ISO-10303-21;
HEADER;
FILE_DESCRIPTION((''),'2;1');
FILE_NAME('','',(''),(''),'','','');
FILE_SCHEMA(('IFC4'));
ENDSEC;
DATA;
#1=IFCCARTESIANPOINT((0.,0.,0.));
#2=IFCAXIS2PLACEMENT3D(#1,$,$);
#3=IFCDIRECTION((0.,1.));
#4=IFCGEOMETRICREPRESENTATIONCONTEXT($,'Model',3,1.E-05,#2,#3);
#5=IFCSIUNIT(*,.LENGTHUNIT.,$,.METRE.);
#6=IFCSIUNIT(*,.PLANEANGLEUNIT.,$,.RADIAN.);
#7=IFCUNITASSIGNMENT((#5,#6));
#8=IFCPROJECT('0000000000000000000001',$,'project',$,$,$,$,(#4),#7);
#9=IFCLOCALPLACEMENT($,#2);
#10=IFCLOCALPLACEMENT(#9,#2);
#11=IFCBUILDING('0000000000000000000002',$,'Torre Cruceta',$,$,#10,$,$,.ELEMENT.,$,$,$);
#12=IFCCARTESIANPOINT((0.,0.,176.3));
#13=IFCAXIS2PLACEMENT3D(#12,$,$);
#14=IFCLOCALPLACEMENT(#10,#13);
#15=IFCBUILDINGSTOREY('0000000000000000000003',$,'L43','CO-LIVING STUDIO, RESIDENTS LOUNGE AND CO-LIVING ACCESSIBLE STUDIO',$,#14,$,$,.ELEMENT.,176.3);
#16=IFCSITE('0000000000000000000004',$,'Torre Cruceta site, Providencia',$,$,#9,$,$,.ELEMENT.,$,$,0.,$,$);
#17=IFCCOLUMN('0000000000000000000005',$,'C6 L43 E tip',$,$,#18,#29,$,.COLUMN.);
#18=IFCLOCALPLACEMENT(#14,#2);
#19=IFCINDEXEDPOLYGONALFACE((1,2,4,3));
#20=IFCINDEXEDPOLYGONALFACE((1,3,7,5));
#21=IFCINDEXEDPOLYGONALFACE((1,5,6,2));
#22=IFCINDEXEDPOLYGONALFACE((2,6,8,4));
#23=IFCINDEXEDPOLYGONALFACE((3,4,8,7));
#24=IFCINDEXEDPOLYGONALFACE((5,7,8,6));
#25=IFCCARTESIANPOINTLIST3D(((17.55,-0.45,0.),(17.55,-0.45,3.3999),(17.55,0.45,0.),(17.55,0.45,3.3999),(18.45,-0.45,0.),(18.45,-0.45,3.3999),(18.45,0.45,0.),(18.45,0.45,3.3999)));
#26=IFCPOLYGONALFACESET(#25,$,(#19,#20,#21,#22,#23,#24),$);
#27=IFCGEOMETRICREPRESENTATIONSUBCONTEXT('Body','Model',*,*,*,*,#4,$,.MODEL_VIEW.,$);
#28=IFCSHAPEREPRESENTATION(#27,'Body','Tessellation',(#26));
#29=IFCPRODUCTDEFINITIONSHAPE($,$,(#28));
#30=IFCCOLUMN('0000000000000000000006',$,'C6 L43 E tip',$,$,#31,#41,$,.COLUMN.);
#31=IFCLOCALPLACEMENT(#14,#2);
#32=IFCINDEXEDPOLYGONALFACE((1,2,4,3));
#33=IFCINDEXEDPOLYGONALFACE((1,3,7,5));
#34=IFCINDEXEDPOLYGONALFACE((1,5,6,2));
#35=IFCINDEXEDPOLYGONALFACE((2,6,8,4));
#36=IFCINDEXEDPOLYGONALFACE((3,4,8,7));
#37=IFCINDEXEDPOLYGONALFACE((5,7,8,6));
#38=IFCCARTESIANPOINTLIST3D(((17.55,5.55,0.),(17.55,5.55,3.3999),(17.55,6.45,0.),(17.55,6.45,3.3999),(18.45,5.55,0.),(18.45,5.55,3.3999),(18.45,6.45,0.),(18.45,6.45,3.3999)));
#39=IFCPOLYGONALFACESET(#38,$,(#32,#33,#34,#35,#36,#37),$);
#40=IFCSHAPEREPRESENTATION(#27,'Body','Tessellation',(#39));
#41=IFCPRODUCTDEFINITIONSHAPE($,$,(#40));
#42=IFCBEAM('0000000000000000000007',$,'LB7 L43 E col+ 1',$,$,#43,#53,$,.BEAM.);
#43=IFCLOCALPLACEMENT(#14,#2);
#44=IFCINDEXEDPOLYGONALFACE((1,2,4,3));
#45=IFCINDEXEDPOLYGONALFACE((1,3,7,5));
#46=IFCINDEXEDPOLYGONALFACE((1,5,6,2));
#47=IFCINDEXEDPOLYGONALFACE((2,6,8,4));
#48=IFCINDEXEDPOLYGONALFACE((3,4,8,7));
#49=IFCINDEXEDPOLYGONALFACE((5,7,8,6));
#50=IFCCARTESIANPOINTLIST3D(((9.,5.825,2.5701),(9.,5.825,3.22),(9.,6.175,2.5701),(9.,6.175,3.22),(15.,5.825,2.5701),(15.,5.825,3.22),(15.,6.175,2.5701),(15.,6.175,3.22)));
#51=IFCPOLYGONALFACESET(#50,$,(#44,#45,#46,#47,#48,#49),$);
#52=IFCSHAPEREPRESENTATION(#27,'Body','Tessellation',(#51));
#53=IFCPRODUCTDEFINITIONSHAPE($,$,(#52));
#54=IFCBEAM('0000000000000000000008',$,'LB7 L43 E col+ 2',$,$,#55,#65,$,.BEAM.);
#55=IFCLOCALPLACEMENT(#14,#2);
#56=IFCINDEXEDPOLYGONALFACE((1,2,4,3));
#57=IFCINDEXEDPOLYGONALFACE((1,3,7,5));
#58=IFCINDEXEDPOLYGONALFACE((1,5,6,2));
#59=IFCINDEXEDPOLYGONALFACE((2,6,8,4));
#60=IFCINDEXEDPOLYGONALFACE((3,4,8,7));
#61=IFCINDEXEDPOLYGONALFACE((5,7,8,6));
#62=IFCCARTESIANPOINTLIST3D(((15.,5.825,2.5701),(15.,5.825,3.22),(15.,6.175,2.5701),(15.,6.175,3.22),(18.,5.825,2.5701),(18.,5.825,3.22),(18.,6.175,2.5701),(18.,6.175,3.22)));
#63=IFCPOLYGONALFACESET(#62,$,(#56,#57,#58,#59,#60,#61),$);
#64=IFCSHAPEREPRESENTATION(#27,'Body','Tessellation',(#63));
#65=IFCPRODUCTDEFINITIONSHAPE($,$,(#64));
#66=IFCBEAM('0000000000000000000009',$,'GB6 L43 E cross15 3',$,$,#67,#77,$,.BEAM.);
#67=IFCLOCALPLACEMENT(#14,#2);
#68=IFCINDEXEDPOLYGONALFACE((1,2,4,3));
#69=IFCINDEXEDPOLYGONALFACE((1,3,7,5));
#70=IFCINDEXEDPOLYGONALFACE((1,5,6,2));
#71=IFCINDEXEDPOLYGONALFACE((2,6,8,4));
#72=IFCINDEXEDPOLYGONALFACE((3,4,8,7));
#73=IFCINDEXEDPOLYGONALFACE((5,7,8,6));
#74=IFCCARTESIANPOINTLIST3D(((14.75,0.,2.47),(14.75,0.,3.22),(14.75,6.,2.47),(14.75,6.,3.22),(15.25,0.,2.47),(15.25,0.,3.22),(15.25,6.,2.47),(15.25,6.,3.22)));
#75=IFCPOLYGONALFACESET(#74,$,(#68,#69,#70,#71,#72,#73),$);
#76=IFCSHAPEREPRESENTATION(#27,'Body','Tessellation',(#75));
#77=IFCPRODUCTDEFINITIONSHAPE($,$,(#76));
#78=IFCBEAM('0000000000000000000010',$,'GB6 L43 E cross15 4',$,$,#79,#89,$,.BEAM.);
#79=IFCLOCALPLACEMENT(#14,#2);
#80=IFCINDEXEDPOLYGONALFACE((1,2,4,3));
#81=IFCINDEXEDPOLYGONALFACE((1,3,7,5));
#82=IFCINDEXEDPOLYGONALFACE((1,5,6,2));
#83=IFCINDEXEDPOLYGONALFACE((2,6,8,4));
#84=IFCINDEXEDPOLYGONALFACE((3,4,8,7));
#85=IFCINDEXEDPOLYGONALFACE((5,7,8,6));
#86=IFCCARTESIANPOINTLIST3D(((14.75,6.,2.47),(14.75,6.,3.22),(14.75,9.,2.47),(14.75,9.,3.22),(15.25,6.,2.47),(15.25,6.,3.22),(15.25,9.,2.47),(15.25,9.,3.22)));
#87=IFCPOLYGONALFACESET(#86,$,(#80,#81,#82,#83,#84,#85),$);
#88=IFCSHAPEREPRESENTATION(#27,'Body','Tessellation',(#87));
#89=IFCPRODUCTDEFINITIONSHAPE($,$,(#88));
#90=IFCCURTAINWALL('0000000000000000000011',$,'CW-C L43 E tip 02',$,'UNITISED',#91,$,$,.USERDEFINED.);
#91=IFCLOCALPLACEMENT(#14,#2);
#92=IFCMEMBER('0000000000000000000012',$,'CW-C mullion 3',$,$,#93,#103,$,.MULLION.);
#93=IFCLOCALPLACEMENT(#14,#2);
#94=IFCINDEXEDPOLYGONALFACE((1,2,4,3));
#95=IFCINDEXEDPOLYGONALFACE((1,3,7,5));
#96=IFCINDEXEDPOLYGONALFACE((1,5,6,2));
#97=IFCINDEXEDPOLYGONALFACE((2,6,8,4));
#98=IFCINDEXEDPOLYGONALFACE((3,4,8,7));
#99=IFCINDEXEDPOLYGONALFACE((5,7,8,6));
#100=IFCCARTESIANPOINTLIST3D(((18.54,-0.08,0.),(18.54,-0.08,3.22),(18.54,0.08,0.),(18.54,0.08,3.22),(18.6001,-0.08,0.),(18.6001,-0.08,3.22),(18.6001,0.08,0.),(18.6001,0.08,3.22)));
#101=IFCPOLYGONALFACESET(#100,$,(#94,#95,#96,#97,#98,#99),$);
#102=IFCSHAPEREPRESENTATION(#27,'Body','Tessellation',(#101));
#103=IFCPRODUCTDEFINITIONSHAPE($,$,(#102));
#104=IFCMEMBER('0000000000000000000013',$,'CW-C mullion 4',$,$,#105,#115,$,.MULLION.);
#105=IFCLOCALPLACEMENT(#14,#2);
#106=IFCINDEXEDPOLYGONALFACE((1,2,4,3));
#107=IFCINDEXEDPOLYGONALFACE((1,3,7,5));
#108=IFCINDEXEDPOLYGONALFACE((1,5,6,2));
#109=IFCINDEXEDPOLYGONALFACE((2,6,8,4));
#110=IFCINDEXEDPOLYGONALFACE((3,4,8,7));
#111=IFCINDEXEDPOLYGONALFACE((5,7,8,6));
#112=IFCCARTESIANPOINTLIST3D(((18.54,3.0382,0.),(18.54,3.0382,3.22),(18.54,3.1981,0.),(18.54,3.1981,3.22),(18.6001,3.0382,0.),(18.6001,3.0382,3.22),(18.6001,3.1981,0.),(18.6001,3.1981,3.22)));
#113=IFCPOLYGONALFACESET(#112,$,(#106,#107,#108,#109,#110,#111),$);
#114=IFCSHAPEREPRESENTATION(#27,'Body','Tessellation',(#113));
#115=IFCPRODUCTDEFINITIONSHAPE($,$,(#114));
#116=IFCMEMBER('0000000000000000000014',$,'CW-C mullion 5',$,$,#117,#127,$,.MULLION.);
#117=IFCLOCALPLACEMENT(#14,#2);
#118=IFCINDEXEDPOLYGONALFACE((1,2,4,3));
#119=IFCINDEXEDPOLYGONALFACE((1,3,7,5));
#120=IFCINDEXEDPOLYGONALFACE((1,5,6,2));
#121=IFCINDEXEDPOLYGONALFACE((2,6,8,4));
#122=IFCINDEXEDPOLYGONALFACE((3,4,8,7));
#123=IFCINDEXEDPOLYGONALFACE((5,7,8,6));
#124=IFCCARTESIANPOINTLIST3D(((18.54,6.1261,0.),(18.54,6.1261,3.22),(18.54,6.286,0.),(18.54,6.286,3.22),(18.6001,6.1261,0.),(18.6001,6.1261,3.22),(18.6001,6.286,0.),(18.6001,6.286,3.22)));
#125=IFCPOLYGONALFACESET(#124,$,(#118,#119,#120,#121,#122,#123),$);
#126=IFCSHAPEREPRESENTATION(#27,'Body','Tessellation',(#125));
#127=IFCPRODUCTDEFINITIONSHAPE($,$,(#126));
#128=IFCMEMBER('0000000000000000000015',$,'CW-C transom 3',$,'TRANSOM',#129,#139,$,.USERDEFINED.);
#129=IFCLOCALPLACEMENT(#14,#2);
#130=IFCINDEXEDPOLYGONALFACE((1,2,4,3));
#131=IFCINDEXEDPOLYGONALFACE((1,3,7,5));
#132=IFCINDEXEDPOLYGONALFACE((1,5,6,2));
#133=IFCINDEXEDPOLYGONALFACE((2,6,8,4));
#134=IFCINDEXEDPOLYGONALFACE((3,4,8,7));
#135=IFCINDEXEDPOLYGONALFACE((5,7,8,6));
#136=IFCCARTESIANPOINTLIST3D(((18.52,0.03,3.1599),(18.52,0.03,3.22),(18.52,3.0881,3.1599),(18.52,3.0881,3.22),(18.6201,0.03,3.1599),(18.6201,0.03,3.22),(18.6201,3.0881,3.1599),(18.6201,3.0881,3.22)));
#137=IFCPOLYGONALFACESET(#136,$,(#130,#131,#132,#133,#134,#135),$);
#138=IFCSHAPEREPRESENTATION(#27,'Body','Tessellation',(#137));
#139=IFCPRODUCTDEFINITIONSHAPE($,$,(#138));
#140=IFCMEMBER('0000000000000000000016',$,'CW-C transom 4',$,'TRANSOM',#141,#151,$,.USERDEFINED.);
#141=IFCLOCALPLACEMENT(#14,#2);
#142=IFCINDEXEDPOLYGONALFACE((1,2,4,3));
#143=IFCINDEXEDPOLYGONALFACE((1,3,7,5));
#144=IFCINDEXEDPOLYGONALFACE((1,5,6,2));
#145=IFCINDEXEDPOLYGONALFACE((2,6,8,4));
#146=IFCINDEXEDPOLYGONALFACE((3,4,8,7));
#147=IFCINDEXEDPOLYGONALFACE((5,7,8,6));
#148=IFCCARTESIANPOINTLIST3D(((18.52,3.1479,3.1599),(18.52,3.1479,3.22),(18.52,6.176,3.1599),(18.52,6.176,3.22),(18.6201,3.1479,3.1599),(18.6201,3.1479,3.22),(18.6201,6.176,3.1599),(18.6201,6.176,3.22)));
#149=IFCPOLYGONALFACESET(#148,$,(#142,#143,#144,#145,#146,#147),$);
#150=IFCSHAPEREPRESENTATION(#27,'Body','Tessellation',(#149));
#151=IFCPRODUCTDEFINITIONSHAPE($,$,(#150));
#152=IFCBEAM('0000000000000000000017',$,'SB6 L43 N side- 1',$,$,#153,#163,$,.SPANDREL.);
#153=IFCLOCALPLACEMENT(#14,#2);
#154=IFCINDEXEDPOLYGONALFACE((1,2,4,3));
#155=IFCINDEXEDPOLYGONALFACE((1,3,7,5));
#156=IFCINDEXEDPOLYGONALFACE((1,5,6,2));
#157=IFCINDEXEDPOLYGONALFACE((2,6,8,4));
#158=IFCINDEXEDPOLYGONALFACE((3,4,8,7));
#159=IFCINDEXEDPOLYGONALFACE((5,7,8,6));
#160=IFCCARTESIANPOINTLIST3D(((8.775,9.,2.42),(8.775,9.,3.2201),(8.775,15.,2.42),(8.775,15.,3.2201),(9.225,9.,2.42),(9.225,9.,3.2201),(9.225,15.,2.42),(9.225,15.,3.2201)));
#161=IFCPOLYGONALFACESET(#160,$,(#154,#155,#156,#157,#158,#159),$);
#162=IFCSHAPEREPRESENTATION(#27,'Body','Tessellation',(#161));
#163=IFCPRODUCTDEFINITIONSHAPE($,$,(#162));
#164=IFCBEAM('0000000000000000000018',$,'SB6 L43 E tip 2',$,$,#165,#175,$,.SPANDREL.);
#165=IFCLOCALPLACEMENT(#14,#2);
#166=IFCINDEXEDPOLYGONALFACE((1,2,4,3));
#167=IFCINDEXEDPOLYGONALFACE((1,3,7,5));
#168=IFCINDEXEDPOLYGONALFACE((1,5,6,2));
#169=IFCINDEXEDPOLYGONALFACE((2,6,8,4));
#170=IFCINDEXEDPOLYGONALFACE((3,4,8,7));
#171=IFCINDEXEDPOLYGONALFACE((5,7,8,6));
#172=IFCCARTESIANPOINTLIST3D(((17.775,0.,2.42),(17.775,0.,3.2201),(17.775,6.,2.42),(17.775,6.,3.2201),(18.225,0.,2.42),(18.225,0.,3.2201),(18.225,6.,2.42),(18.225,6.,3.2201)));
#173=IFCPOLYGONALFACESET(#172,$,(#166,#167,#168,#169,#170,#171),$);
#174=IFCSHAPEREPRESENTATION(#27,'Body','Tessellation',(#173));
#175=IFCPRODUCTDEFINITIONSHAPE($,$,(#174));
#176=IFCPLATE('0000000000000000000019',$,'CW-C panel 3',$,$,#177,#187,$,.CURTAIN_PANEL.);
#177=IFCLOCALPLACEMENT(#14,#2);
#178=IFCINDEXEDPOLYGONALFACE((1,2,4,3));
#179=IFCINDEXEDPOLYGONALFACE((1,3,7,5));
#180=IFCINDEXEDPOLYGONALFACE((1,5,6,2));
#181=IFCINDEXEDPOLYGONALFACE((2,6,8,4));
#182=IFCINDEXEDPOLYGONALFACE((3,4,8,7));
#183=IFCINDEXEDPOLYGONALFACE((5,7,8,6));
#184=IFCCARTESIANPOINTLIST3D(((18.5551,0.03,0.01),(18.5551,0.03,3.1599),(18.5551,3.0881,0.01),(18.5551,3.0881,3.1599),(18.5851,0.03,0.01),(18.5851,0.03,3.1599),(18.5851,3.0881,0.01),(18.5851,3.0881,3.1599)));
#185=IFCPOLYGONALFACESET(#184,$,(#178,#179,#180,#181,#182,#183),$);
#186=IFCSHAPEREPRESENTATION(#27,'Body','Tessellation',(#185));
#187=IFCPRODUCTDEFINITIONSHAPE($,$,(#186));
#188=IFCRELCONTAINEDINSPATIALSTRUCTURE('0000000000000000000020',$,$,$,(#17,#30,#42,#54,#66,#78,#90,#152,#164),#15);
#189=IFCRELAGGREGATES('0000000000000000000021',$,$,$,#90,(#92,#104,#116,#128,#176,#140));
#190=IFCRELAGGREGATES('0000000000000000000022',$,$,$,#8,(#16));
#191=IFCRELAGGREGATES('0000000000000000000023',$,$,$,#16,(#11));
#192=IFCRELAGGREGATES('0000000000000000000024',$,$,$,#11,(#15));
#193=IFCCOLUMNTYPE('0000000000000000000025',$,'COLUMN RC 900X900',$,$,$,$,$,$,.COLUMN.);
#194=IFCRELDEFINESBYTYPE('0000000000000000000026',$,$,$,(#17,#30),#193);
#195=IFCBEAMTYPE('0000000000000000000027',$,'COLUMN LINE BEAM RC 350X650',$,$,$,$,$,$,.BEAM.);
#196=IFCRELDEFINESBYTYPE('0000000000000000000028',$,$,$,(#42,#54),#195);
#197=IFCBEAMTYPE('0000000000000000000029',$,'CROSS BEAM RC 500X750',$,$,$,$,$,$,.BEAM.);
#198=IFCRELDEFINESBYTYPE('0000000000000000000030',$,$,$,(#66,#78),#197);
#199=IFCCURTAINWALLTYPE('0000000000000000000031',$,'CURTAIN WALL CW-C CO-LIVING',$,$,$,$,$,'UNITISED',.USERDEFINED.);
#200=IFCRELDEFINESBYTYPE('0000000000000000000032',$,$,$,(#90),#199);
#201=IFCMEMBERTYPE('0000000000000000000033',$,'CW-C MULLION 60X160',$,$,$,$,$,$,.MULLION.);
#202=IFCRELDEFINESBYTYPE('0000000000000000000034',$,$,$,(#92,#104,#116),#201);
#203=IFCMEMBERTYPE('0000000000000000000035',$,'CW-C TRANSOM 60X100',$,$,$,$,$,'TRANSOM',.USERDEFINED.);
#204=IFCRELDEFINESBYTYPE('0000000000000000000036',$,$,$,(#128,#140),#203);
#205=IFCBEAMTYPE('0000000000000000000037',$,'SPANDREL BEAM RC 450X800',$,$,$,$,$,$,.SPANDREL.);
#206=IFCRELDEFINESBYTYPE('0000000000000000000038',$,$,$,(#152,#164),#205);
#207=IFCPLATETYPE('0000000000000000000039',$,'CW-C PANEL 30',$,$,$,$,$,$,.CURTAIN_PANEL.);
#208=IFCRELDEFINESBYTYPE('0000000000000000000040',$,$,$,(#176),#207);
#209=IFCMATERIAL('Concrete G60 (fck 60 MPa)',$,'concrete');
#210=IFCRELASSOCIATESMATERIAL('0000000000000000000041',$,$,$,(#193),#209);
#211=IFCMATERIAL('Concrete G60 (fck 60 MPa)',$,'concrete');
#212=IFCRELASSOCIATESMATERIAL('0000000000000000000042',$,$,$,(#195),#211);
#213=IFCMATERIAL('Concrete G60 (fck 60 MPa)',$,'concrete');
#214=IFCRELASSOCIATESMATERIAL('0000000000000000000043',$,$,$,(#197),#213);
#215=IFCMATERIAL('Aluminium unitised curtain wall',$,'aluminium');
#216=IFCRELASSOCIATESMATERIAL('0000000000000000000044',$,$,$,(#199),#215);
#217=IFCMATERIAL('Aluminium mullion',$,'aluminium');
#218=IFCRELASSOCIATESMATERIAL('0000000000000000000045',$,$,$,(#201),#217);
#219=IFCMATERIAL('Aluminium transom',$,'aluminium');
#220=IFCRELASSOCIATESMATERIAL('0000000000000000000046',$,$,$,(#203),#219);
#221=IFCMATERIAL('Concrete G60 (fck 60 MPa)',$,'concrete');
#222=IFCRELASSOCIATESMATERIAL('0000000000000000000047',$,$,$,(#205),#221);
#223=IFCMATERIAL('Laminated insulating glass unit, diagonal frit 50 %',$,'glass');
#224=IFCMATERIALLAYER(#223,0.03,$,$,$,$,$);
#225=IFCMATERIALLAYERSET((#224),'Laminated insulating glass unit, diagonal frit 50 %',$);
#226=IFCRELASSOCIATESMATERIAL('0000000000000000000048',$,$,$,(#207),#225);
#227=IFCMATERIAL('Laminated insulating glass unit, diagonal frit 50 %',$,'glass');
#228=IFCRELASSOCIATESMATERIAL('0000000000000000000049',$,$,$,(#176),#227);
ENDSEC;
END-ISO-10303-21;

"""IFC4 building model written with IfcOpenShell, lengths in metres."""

from ifc_helpers import new_model, si_unit, direction, frame, origin, origin_2d, place, context, subcontext, project, spatial, rectangle, extrude, material, layer, layer_set, material_profile, profile_set, type_object, element, aggregate, save


model = new_model("IFC4")

# Units and contexts
model_context = context("Model", 3, precision=1e-05, world=origin(), true_north=direction((0.0, 1.0)))
body_context = subcontext(model_context, "Body", "Model", "MODEL_VIEW")
ifc_project = project(units=[si_unit("LENGTHUNIT", "METRE"), si_unit("PLANEANGLEUNIT", "RADIAN")], contexts=[model_context])

# Site, building, storey
site_placement = place(None, origin())
site = spatial("IfcSite", under=ifc_project, at=site_placement, Name="Torre Cruceta site, Providencia", CompositionType="ELEMENT", RefElevation=0.0)
building_placement = place(site_placement, origin())
building = spatial("IfcBuilding", under=site, at=building_placement, Name="Torre Cruceta", CompositionType="ELEMENT")
storey_placement = place(building_placement, frame((0.0, 0.0, 176.3)))
storey = spatial("IfcBuildingStorey", under=building, at=storey_placement, Name="L43", Description="CO-LIVING STUDIO, RESIDENTS LOUNGE AND CO-LIVING ACCESSIBLE STUDIO", CompositionType="ELEMENT", Elevation=176.3)

# Columns
ifc_material_1 = material(Name="Concrete G60 (fck 60 MPa)", Category="concrete")
ifc_material_profile_1 = material_profile(ifc_material_1, rectangle(XDim=0.8999, YDim=0.8999, at=origin_2d()), Name="RC 900X900")
ifc_profile_set_1 = profile_set([ifc_material_profile_1], Name="Concrete G60 (fck 60 MPa)")
column_type = type_object("IfcColumnType", Name="COLUMN RC 900X900", PredefinedType="COLUMN", material=ifc_profile_set_1)
for number, where, z_axis, x_axis, name in (
    (1, (18.0, 0.0, 0.0), (0.0, 0.0, 1.0), (1.0, 0.0, 0.0), "C6 L43 E tip"),
    (2, (18.0, 6.0, 0.0), (0.0, 0.0, 1.0), (1.0, 0.0, 0.0), "C6 L43 E tip"),
):
    element("IfcColumn", number, at=place(storey_placement, frame(where, z_axis=z_axis, x_axis=x_axis)), inside=storey, type_object=column_type, Name=name, PredefinedType="COLUMN", context=body_context, shape_type="SweptSolid", body=[
        extrude(rectangle(XDim=0.8999, YDim=0.8999, at=origin_2d()), origin(), (0.0, 0.0, 1.0), 3.3999),
    ])

# Beams
ifc_material_2 = material(Name="Concrete G60 (fck 60 MPa)", Category="concrete")
ifc_material_profile_2 = material_profile(ifc_material_2, rectangle(XDim=0.3501, YDim=0.6499, at=origin_2d()), Name="RC 350X650")
ifc_profile_set_2 = profile_set([ifc_material_profile_2], Name="Concrete G60 (fck 60 MPa)")
beam_type_1 = type_object("IfcBeamType", Name="COLUMN LINE BEAM RC 350X650", PredefinedType="BEAM", material=ifc_profile_set_2)
beam_1_placement = place(storey_placement, frame((9.0, 6.0, 2.895), z_axis=(1.0, 0.0, 0.0), x_axis=(0.0, 1.0, 0.0)))
element("IfcBeam", 3, at=beam_1_placement, inside=storey, type_object=beam_type_1, Name="LB7 L43 E col+ 1", PredefinedType="BEAM", context=body_context, shape_type="SweptSolid", body=[
    extrude(rectangle(XDim=0.3501, YDim=0.6499, at=origin_2d()), origin(), (0.0, 0.0, 1.0), 6.0),
])
beam_2_placement = place(storey_placement, frame((15.0, 6.0, 2.895), z_axis=(1.0, 0.0, 0.0), x_axis=(0.0, 1.0, 0.0)))
element("IfcBeam", 4, at=beam_2_placement, inside=storey, type_object=beam_type_1, Name="LB7 L43 E col+ 2", PredefinedType="BEAM", context=body_context, shape_type="SweptSolid", body=[
    extrude(rectangle(XDim=0.3501, YDim=0.6499, at=origin_2d()), origin(), (0.0, 0.0, 1.0), 3.0),
])
ifc_material_3 = material(Name="Concrete G60 (fck 60 MPa)", Category="concrete")
ifc_material_profile_3 = material_profile(ifc_material_3, rectangle(XDim=0.5, YDim=0.75, at=origin_2d()), Name="RC 500X750")
ifc_profile_set_3 = profile_set([ifc_material_profile_3], Name="Concrete G60 (fck 60 MPa)")
beam_type_2 = type_object("IfcBeamType", Name="CROSS BEAM RC 500X750", PredefinedType="BEAM", material=ifc_profile_set_3)
beam_3_placement = place(storey_placement, frame((15.0, 0.0, 2.845), z_axis=(0.0, 1.0, 0.0), x_axis=(-1.0, 0.0, 0.0)))
element("IfcBeam", 5, at=beam_3_placement, inside=storey, type_object=beam_type_2, Name="GB6 L43 E cross15 3", PredefinedType="BEAM", context=body_context, shape_type="SweptSolid", body=[
    extrude(rectangle(XDim=0.5, YDim=0.75, at=origin_2d()), origin(), (0.0, 0.0, 1.0), 6.0),
])
beam_4_placement = place(storey_placement, frame((15.0, 6.0, 2.845), z_axis=(0.0, 1.0, 0.0), x_axis=(-1.0, 0.0, 0.0)))
element("IfcBeam", 6, at=beam_4_placement, inside=storey, type_object=beam_type_2, Name="GB6 L43 E cross15 4", PredefinedType="BEAM", context=body_context, shape_type="SweptSolid", body=[
    extrude(rectangle(XDim=0.5, YDim=0.75, at=origin_2d()), origin(), (0.0, 0.0, 1.0), 3.0),
])

# Curtain wall, members
ifc_material_4 = material(Name="Aluminium unitised curtain wall", Category="aluminium")
curtain_wall_type = type_object("IfcCurtainWallType", Name="CURTAIN WALL CW-C CO-LIVING", ElementType="UNITISED", PredefinedType="USERDEFINED", material=ifc_material_4)
curtain_wall_placement = place(storey_placement, origin())
curtain_wall = element("IfcCurtainWall", 7, at=curtain_wall_placement, inside=storey, type_object=curtain_wall_type, Name="CW-C L43 E tip 02", ObjectType="UNITISED", PredefinedType="USERDEFINED")
ifc_material_5 = material(Name="Aluminium mullion", Category="aluminium")
ifc_material_profile_4 = material_profile(ifc_material_5, rectangle(XDim=0.0601, YDim=0.1599, at=origin_2d()), Name="AL 60X160")
ifc_profile_set_4 = profile_set([ifc_material_profile_4], Name="Aluminium mullion")
member_type_1 = type_object("IfcMemberType", Name="CW-C MULLION 60X160", PredefinedType="MULLION", material=ifc_profile_set_4)
member_1_placement = place(storey_placement, frame((18.5701, 0.0, 0.0), z_axis=(0.0, 0.0, 1.0), x_axis=(-1.0, 0.0, 0.0)))
member_1 = element("IfcMember", 8, at=member_1_placement, type_object=member_type_1, Name="CW-C mullion 3", PredefinedType="MULLION", context=body_context, shape_type="SweptSolid", body=[
    extrude(rectangle(XDim=0.0601, YDim=0.1599, at=origin_2d()), origin(), (0.0, 0.0, 1.0), 3.22),
])
member_2_placement = place(storey_placement, frame((18.5701, 3.1182, 0.0), z_axis=(0.0, 0.0, 1.0), x_axis=(-1.0, 0.0, 0.0)))
member_2 = element("IfcMember", 9, at=member_2_placement, type_object=member_type_1, Name="CW-C mullion 4", PredefinedType="MULLION", context=body_context, shape_type="SweptSolid", body=[
    extrude(rectangle(XDim=0.0601, YDim=0.1599, at=origin_2d()), origin(), (0.0, 0.0, 1.0), 3.22),
])
member_3_placement = place(storey_placement, frame((18.5701, 6.2061, 0.0), z_axis=(0.0, 0.0, 1.0), x_axis=(-1.0, 0.0, 0.0)))
member_3 = element("IfcMember", 10, at=member_3_placement, type_object=member_type_1, Name="CW-C mullion 5", PredefinedType="MULLION", context=body_context, shape_type="SweptSolid", body=[
    extrude(rectangle(XDim=0.0601, YDim=0.1599, at=origin_2d()), origin(), (0.0, 0.0, 1.0), 3.22),
])
ifc_material_6 = material(Name="Aluminium transom", Category="aluminium")
ifc_material_profile_5 = material_profile(ifc_material_6, rectangle(XDim=0.1001, YDim=0.0601, at=origin_2d()), Name="AL 100X60")
ifc_profile_set_5 = profile_set([ifc_material_profile_5], Name="Aluminium transom")
member_type_2 = type_object("IfcMemberType", Name="CW-C TRANSOM 60X100", ElementType="TRANSOM", PredefinedType="USERDEFINED", material=ifc_profile_set_5)
member_4_placement = place(storey_placement, frame((18.5701, 0.03, 3.1899), z_axis=(0.0, 1.0, 0.0), x_axis=(-1.0, 0.0, 0.0)))
member_4 = element("IfcMember", 11, at=member_4_placement, type_object=member_type_2, Name="CW-C transom 3", ObjectType="TRANSOM", PredefinedType="USERDEFINED", context=body_context, shape_type="SweptSolid", body=[
    extrude(rectangle(XDim=0.1001, YDim=0.0601, at=origin_2d()), origin(), (0.0, 0.0, 1.0), 3.0581),
])
member_5_placement = place(storey_placement, frame((18.5701, 3.1479, 3.1899), z_axis=(0.0, 1.0, 0.0), x_axis=(-1.0, 0.0, 0.0)))
member_5 = element("IfcMember", 12, at=member_5_placement, type_object=member_type_2, Name="CW-C transom 4", ObjectType="TRANSOM", PredefinedType="USERDEFINED", context=body_context, shape_type="SweptSolid", body=[
    extrude(rectangle(XDim=0.1001, YDim=0.0601, at=origin_2d()), origin(), (0.0, 0.0, 1.0), 3.0281),
])

# Beams
ifc_material_7 = material(Name="Concrete G60 (fck 60 MPa)", Category="concrete")
ifc_material_profile_6 = material_profile(ifc_material_7, rectangle(XDim=0.45, YDim=0.8, at=origin_2d()), Name="RC 450X800")
ifc_profile_set_6 = profile_set([ifc_material_profile_6], Name="Concrete G60 (fck 60 MPa)")
beam_type_3 = type_object("IfcBeamType", Name="SPANDREL BEAM RC 450X800", PredefinedType="SPANDREL", material=ifc_profile_set_6)
for number, where, z_axis, x_axis, name in (
    (13, (9.0, 9.0, 2.8201), (0.0, 1.0, 0.0), (-1.0, 0.0, 0.0), "SB6 L43 N side- 1"),
    (14, (18.0, 0.0, 2.8201), (0.0, 1.0, 0.0), (-1.0, 0.0, 0.0), "SB6 L43 E tip 2"),
):
    element("IfcBeam", number, at=place(storey_placement, frame(where, z_axis=z_axis, x_axis=x_axis)), inside=storey, type_object=beam_type_3, Name=name, PredefinedType="SPANDREL", context=body_context, shape_type="SweptSolid", body=[
        extrude(rectangle(XDim=0.45, YDim=0.8, at=origin_2d()), origin(), (0.0, 0.0, 1.0), 6.0),
    ])

# Plate
ifc_material_8 = material(Name="Laminated insulating glass unit, diagonal frit 50 %", Category="glass")
ifc_material_9 = material(Name="Laminated insulating glass unit, diagonal frit 50 %", Category="glass")
ifc_layer_1 = layer(ifc_material_9, 0.03)
ifc_layer_set_1 = layer_set([ifc_layer_1], Name="Laminated insulating glass unit, diagonal frit 50 %")
plate_type = type_object("IfcPlateType", Name="CW-C PANEL 30", PredefinedType="CURTAIN_PANEL", material=ifc_layer_set_1)
plate_1_placement = place(storey_placement, frame((18.5701, 1.5591, 0.01), z_axis=(0.0, 0.0, 1.0), x_axis=(0.0, 1.0, 0.0)))
plate_1 = element("IfcPlate", 15, at=plate_1_placement, type_object=plate_type, material=ifc_material_8, Name="CW-C panel 3", PredefinedType="CURTAIN_PANEL", context=body_context, shape_type="SweptSolid", body=[
    extrude(rectangle(XDim=3.0581, YDim=0.03, at=origin_2d()), origin(), (0.0, 0.0, 1.0), 3.1499),
])
aggregate(curtain_wall, [member_1, member_2, member_3, member_4, plate_1, member_5])

save(model, "model.ifc")
